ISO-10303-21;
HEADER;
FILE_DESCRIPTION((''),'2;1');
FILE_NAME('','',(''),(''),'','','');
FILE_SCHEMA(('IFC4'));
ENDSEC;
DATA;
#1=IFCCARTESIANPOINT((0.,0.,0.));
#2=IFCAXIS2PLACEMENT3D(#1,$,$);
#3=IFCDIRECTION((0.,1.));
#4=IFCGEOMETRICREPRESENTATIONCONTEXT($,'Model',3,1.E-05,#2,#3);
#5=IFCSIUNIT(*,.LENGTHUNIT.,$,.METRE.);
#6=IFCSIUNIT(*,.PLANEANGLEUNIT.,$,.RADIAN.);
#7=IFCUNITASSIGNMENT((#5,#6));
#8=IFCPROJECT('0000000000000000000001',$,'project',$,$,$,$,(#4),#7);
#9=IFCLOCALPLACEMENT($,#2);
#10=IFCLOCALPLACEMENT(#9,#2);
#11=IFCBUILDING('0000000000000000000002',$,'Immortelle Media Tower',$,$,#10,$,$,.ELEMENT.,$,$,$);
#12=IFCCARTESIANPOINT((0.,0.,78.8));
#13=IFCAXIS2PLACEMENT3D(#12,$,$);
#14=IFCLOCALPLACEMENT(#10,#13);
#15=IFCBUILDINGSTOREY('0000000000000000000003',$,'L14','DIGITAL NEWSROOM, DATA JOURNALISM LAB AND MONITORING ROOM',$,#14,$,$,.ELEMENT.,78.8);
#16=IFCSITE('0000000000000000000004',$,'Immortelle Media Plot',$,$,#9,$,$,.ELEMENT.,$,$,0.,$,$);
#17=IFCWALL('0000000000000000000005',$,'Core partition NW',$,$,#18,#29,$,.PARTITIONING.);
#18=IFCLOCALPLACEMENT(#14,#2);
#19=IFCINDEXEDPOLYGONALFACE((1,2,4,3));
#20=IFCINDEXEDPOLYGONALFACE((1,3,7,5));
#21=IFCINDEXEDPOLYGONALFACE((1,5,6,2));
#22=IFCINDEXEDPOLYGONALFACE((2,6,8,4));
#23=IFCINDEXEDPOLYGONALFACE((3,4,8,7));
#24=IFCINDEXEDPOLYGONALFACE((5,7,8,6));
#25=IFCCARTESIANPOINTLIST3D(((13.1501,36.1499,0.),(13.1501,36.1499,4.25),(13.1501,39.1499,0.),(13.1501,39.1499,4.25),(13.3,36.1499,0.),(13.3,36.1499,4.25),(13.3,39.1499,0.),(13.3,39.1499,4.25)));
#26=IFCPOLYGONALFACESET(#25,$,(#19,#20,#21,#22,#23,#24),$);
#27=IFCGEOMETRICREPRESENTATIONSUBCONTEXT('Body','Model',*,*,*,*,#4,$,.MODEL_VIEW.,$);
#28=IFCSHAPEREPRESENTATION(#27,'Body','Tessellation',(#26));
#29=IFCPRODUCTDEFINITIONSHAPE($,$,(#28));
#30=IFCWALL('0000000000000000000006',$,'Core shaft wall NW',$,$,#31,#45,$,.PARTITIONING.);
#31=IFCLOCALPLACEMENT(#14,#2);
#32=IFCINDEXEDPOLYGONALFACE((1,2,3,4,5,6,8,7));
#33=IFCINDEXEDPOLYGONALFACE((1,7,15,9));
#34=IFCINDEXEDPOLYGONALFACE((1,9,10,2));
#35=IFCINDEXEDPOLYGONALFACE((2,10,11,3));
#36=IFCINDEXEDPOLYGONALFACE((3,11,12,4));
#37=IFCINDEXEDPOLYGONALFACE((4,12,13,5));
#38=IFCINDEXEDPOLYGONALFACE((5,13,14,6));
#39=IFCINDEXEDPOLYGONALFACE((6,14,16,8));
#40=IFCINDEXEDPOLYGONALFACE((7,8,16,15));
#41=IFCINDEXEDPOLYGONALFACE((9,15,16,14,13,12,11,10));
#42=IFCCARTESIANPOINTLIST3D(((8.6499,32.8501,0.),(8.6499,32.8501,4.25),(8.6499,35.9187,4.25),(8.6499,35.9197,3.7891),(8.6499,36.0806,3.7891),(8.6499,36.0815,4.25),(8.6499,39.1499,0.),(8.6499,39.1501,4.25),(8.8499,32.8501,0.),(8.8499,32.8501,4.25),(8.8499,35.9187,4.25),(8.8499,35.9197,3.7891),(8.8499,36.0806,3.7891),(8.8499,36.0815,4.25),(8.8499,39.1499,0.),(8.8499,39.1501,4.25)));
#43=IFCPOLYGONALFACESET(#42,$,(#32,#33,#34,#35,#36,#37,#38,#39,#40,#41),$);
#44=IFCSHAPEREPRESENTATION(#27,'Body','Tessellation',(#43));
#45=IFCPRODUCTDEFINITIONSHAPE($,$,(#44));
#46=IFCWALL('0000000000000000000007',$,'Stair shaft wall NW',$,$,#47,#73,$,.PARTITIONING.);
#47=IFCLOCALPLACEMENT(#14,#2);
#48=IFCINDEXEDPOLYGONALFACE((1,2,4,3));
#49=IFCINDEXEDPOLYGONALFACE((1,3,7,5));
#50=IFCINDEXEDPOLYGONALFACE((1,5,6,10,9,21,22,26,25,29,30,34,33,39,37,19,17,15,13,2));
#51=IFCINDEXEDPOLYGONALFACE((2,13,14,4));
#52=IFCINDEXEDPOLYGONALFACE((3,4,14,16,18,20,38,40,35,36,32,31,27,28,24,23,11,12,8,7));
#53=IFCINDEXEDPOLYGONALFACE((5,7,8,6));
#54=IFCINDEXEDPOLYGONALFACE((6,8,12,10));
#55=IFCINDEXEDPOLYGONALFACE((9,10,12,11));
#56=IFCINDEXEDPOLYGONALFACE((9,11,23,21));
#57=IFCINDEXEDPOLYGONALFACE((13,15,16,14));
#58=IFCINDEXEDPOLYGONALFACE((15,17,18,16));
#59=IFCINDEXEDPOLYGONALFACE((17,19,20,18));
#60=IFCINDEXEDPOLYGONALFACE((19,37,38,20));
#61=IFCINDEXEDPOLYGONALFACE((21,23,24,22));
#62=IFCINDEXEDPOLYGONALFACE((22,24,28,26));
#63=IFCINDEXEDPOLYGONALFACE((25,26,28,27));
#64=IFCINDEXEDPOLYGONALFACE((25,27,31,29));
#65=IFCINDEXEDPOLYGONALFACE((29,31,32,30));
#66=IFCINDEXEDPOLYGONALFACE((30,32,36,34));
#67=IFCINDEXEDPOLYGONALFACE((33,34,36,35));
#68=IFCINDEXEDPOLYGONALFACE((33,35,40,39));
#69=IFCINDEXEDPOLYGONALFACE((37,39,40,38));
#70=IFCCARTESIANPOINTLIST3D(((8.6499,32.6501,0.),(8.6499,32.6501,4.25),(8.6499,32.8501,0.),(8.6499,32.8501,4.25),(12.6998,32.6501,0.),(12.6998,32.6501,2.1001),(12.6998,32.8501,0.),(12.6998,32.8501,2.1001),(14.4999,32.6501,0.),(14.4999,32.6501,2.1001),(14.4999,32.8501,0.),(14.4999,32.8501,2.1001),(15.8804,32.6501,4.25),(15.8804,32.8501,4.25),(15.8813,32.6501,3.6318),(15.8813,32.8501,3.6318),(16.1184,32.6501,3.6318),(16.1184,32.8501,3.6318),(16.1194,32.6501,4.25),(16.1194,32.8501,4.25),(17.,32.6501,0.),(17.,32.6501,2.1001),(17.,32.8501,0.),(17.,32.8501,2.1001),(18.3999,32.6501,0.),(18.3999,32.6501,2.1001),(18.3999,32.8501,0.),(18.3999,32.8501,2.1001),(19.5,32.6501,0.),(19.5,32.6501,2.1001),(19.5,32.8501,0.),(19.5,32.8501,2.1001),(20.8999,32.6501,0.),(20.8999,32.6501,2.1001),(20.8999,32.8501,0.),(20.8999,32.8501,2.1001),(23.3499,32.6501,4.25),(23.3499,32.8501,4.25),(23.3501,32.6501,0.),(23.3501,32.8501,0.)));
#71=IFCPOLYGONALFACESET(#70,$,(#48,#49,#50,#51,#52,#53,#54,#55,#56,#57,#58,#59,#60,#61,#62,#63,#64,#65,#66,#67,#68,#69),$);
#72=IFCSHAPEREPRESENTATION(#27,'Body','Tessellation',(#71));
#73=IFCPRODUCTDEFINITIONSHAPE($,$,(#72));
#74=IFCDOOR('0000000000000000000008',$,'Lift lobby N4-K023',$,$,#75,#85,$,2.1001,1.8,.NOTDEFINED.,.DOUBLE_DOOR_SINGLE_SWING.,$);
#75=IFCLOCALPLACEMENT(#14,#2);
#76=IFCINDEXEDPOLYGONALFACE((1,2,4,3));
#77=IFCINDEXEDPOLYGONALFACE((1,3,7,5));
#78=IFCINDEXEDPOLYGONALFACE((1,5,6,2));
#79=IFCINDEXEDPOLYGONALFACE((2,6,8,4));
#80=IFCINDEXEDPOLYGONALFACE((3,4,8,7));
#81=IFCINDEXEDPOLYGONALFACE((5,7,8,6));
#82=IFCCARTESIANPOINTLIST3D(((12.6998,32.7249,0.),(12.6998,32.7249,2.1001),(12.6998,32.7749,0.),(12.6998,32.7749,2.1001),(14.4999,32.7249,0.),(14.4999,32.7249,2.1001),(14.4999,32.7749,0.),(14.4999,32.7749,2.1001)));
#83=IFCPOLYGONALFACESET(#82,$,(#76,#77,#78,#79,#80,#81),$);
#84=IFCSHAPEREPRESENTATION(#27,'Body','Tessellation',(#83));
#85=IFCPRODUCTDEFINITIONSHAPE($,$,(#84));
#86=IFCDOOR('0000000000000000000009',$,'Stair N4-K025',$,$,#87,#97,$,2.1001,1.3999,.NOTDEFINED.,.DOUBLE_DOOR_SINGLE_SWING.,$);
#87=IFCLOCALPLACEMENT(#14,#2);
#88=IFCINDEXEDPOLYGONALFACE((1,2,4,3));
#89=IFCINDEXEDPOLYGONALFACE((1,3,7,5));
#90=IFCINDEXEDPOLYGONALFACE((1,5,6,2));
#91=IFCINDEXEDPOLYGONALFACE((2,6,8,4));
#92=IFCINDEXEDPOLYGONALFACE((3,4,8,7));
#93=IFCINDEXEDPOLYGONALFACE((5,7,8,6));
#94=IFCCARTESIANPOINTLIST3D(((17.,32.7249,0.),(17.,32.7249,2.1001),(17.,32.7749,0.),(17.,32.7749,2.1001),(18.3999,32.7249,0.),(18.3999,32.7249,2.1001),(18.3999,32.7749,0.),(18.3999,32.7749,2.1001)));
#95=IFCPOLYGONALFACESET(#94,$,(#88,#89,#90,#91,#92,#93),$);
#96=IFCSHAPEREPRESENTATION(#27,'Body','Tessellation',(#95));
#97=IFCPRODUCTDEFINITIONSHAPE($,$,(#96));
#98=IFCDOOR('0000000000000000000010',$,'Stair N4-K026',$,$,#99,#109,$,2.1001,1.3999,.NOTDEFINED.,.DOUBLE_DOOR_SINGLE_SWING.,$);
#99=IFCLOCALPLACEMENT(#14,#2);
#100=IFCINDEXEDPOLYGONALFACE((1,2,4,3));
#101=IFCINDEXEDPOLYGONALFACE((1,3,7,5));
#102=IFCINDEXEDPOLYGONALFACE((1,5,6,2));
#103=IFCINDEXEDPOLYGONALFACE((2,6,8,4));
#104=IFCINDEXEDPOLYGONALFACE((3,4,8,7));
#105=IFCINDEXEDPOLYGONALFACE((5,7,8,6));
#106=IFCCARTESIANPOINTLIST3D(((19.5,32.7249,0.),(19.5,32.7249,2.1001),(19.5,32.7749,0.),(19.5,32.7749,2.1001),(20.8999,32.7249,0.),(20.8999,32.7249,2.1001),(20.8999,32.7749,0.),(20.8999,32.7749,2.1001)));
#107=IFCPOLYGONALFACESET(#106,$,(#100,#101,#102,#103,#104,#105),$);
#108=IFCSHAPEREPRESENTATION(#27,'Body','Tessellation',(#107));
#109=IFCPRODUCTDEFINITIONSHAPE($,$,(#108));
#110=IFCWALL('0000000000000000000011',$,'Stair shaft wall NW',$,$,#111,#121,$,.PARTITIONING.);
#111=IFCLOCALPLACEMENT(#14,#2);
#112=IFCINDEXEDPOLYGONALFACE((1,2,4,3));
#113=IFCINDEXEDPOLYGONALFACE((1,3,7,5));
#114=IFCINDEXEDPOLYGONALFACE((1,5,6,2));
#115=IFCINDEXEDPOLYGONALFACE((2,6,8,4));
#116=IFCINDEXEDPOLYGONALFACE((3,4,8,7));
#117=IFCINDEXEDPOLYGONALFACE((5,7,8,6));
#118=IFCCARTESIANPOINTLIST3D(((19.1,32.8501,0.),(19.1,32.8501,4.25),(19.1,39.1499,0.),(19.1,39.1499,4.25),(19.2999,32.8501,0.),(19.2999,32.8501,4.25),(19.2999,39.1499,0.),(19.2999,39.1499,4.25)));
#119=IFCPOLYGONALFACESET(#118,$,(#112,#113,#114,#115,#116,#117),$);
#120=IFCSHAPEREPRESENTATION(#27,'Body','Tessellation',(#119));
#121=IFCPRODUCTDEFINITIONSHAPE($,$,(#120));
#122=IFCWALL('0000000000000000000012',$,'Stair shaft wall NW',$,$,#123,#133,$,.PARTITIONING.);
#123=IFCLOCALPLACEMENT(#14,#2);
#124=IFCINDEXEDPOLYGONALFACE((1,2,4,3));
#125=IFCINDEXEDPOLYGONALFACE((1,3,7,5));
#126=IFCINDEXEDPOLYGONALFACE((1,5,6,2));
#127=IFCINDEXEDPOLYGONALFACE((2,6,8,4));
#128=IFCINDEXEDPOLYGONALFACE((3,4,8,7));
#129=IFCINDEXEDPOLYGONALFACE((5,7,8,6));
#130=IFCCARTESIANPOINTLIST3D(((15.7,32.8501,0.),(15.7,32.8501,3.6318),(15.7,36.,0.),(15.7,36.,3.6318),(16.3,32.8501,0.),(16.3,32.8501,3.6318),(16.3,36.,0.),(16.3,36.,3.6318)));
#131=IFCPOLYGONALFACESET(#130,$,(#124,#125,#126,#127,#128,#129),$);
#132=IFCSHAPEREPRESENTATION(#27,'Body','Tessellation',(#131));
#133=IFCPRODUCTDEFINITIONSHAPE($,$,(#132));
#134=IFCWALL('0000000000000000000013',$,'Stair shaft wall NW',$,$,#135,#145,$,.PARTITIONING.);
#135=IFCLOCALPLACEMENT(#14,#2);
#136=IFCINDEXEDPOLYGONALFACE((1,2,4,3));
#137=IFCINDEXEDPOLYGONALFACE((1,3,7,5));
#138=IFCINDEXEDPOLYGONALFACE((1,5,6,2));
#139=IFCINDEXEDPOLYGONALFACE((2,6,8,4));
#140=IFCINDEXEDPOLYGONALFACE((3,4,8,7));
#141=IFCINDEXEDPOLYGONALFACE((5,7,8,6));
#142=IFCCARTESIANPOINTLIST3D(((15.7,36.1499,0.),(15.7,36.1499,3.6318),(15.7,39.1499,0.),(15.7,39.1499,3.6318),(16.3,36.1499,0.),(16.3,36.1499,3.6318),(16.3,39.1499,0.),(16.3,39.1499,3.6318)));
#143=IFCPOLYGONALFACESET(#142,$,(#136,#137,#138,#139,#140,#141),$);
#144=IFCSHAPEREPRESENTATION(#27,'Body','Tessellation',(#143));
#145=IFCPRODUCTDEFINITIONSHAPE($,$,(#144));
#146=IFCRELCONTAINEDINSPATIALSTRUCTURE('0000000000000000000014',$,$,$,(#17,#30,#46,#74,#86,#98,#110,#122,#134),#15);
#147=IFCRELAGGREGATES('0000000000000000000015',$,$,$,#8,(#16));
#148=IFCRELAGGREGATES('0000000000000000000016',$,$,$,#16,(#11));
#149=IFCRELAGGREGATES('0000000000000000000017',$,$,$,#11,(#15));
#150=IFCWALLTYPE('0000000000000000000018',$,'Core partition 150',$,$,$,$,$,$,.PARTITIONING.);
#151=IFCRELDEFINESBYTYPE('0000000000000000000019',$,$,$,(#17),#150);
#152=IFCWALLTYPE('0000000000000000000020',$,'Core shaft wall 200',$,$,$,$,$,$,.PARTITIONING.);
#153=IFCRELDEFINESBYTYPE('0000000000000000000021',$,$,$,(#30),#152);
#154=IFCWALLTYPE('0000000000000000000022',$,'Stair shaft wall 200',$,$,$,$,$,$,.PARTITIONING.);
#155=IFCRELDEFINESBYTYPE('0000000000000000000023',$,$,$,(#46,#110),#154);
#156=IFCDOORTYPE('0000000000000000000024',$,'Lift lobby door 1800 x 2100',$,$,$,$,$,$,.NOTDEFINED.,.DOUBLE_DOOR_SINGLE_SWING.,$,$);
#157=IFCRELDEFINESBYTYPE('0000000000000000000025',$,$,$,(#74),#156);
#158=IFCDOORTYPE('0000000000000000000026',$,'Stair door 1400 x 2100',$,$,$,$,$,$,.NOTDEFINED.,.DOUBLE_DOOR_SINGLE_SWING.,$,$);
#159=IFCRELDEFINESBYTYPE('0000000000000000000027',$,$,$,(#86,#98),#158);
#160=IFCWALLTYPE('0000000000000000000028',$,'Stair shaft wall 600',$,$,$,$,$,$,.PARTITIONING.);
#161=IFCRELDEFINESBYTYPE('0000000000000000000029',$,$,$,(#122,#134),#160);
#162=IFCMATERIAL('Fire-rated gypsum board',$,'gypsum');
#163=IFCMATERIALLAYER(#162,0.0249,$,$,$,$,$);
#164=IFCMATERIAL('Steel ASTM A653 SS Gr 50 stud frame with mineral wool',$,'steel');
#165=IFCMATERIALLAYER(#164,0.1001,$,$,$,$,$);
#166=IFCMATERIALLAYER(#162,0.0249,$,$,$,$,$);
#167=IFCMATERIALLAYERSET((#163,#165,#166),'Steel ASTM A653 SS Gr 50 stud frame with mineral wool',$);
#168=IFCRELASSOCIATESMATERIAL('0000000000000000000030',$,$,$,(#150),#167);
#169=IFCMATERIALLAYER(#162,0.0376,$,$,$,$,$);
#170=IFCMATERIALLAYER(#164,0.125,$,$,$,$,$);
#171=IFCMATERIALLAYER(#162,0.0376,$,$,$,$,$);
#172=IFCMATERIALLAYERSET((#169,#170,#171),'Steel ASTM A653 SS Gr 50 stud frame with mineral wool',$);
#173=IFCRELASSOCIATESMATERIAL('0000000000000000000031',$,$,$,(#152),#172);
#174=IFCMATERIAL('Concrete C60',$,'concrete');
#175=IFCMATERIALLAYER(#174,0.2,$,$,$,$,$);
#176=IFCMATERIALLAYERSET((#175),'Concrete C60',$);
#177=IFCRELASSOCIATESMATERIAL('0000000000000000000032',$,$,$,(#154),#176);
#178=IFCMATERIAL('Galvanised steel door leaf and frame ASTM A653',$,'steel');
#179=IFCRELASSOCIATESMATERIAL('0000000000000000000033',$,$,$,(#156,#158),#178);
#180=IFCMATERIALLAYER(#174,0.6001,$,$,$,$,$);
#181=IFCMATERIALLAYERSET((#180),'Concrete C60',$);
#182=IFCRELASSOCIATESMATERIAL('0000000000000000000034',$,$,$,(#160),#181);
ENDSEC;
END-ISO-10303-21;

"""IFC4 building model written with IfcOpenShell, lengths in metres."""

from ifc_helpers import new_model, si_unit, direction, frame, frame_2d, origin, place, context, subcontext, project, spatial, polyline, rectangle, outline, extrude, material, layer, layer_set, type_object, element, fill, save


model = new_model("IFC4")

# Units and contexts
model_context = context("Model", 3, precision=1e-05, world=origin(), true_north=direction((0.0, 1.0)))
body_context = subcontext(model_context, "Body", "Model", "MODEL_VIEW")
ifc_project = project(units=[si_unit("LENGTHUNIT", "METRE"), si_unit("PLANEANGLEUNIT", "RADIAN")], contexts=[model_context])

# Site, building, storey
site_placement = place(None, origin())
site = spatial("IfcSite", under=ifc_project, at=site_placement, Name="Immortelle Media Plot", CompositionType="ELEMENT", RefElevation=0.0)
building_placement = place(site_placement, origin())
building = spatial("IfcBuilding", under=site, at=building_placement, Name="Immortelle Media Tower", CompositionType="ELEMENT")
storey_placement = place(building_placement, frame((0.0, 0.0, 78.8)))
storey = spatial("IfcBuildingStorey", under=building, at=storey_placement, Name="L14", Description="DIGITAL NEWSROOM, DATA JOURNALISM LAB AND MONITORING ROOM", CompositionType="ELEMENT", Elevation=78.8)

# Shared definitions
ifc_material_1 = material(Name="Fire-rated gypsum board", Category="gypsum")
ifc_layer_1 = layer(ifc_material_1, 0.0249)
ifc_material_2 = material(Name="Steel ASTM A653 SS Gr 50 stud frame with mineral wool", Category="steel")
ifc_layer_2 = layer(ifc_material_2, 0.1001)
ifc_layer_3 = layer(ifc_material_1, 0.0249)
ifc_layer_set_1 = layer_set([ifc_layer_1, ifc_layer_2, ifc_layer_3], Name="Steel ASTM A653 SS Gr 50 stud frame with mineral wool")
wall_type_1 = type_object("IfcWallType", Name="Core partition 150", PredefinedType="PARTITIONING", material=ifc_layer_set_1)

# Walls
for number, where, z_axis, x_axis, name in (
    (1, (13.2251, 36.1499, 0.0), (0.0, 0.0, 1.0), (0.0, 1.0, 0.0), "Core partition NW"),
):
    element("IfcWall", number, at=place(storey_placement, frame(where, z_axis=z_axis, x_axis=x_axis)), inside=storey, type_object=wall_type_1, Name=name, PredefinedType="PARTITIONING", context=body_context, shape_type="SweptSolid", body=[
        extrude(rectangle(XDim=3.0, YDim=0.1499, at=frame_2d((1.5, 0.0))), origin(), (0.0, 0.0, 1.0), 4.25),
    ])
ifc_layer_4 = layer(ifc_material_1, 0.0376)
ifc_layer_5 = layer(ifc_material_2, 0.125)
ifc_layer_6 = layer(ifc_material_1, 0.0376)
ifc_layer_set_2 = layer_set([ifc_layer_4, ifc_layer_5, ifc_layer_6], Name="Steel ASTM A653 SS Gr 50 stud frame with mineral wool")
wall_type_2 = type_object("IfcWallType", Name="Core shaft wall 200", PredefinedType="PARTITIONING", material=ifc_layer_set_2)
wall_1_placement = place(storey_placement, frame((8.75, 32.8501, 0.0), z_axis=(0.0, 0.0, 1.0), x_axis=(0.0, 1.0, 0.0)))
element("IfcWall", 2, at=wall_1_placement, inside=storey, type_object=wall_type_2, Name="Core shaft wall NW", PredefinedType="PARTITIONING", context=body_context, shape_type="SweptSolid", body=[
    extrude(outline(polyline([(0.0, 0.0), (6.2998, 0.0), (6.3, 4.25), (3.2314, 4.25), (3.2305, 3.7891), (3.0696, 3.7891), (3.0686, 4.25), (0.0, 4.25), (0.0, 0.0)])), frame((0.0, 0.1001, 0.0), z_axis=(0.0, -1.0, 0.0), x_axis=(1.0, 0.0, 0.0)), (0.0, 0.0, 1.0), 0.2),
])

# Wall, openings, doors
ifc_material_3 = material(Name="Concrete C60", Category="concrete")
ifc_layer_7 = layer(ifc_material_3, 0.2)
ifc_layer_set_3 = layer_set([ifc_layer_7], Name="Concrete C60")
wall_type_3 = type_object("IfcWallType", Name="Stair shaft wall 200", PredefinedType="PARTITIONING", material=ifc_layer_set_3)
wall_2_placement = place(storey_placement, frame((8.6499, 32.75, 0.0), z_axis=(0.0, 0.0, 1.0), x_axis=(1.0, 0.0, 0.0)))
wall_2 = element("IfcWall", 3, at=wall_2_placement, inside=storey, type_object=wall_type_3, Name="Stair shaft wall NW", PredefinedType="PARTITIONING", context=body_context, shape_type="SweptSolid", body=[
    extrude(outline(polyline([(0.0, 0.0), (14.7002, 0.0), (14.7, 4.25), (7.4695, 4.25), (7.4685, 3.6318), (7.2314, 3.6318), (7.2305, 4.25), (0.0, 4.25), (0.0, 0.0)])), frame((0.0, 0.1001, 0.0), z_axis=(0.0, -1.0, 0.0), x_axis=(1.0, 0.0, 0.0)), (0.0, 0.0, 1.0), 0.2),
])
opening_1_placement = place(wall_2_placement, frame((4.05, 0.0, 0.0)))
opening_1 = element("IfcOpeningElement", 4, at=opening_1_placement, cuts=wall_2, PredefinedType="OPENING", context=body_context, shape_type="SweptSolid", body=[
    extrude(rectangle(XDim=1.8, YDim=2.1001, at=frame_2d((0.8999, 1.05))), frame((0.0, 0.1099, 0.0), z_axis=(0.0, -1.0, 0.0), x_axis=(1.0, 0.0, 0.0)), (0.0, 0.0, 1.0), 0.22),
])
opening_2_placement = place(wall_2_placement, frame((8.3501, 0.0, 0.0)))
opening_2 = element("IfcOpeningElement", 5, at=opening_2_placement, cuts=wall_2, PredefinedType="OPENING", context=body_context, shape_type="SweptSolid", body=[
    extrude(rectangle(XDim=1.3999, YDim=2.1001, at=frame_2d((0.7, 1.05))), frame((0.0, 0.1099, 0.0), z_axis=(0.0, -1.0, 0.0), x_axis=(1.0, 0.0, 0.0)), (0.0, 0.0, 1.0), 0.22),
])
opening_3_placement = place(wall_2_placement, frame((10.8501, 0.0, 0.0)))
opening_3 = element("IfcOpeningElement", 6, at=opening_3_placement, cuts=wall_2, PredefinedType="OPENING", context=body_context, shape_type="SweptSolid", body=[
    extrude(rectangle(XDim=1.3999, YDim=2.1001, at=frame_2d((0.7, 1.05))), frame((0.0, 0.1099, 0.0), z_axis=(0.0, -1.0, 0.0), x_axis=(1.0, 0.0, 0.0)), (0.0, 0.0, 1.0), 0.22),
])
ifc_material_4 = material(Name="Galvanised steel door leaf and frame ASTM A653", Category="steel")
door_type_1 = type_object("IfcDoorType", Name="Lift lobby door 1800 x 2100", OperationType="DOUBLE_DOOR_SINGLE_SWING", PredefinedType="NOTDEFINED", material=ifc_material_4)
door_1_placement = place(opening_1_placement, origin())
door_1 = element("IfcDoor", 7, at=door_1_placement, inside=storey, type_object=door_type_1, Name="Lift lobby N4-K023", OperationType="DOUBLE_DOOR_SINGLE_SWING", OverallHeight=2.1001, OverallWidth=1.8, PredefinedType="NOTDEFINED", context=body_context, shape_type="SweptSolid", body=[
    extrude(rectangle(XDim=1.8, YDim=2.1001, at=frame_2d((0.8999, 1.05))), frame((0.0, 0.0249, 0.0), z_axis=(0.0, -1.0, 0.0), x_axis=(1.0, 0.0, 0.0)), (0.0, 0.0, 1.0), 0.05),
])
fill(opening_1, door_1)
door_type_2 = type_object("IfcDoorType", Name="Stair door 1400 x 2100", OperationType="DOUBLE_DOOR_SINGLE_SWING", PredefinedType="NOTDEFINED", material=ifc_material_4)
door_2_placement = place(opening_2_placement, origin())
door_2 = element("IfcDoor", 8, at=door_2_placement, inside=storey, type_object=door_type_2, Name="Stair N4-K025", OperationType="DOUBLE_DOOR_SINGLE_SWING", OverallHeight=2.1001, OverallWidth=1.3999, PredefinedType="NOTDEFINED", context=body_context, shape_type="SweptSolid", body=[
    extrude(rectangle(XDim=1.3999, YDim=2.1001, at=frame_2d((0.7, 1.05))), frame((0.0, 0.0249, 0.0), z_axis=(0.0, -1.0, 0.0), x_axis=(1.0, 0.0, 0.0)), (0.0, 0.0, 1.0), 0.05),
])
fill(opening_2, door_2)
door_3_placement = place(opening_3_placement, origin())
door_3 = element("IfcDoor", 9, at=door_3_placement, inside=storey, type_object=door_type_2, Name="Stair N4-K026", OperationType="DOUBLE_DOOR_SINGLE_SWING", OverallHeight=2.1001, OverallWidth=1.3999, PredefinedType="NOTDEFINED", context=body_context, shape_type="SweptSolid", body=[
    extrude(rectangle(XDim=1.3999, YDim=2.1001, at=frame_2d((0.7, 1.05))), frame((0.0, 0.0249, 0.0), z_axis=(0.0, -1.0, 0.0), x_axis=(1.0, 0.0, 0.0)), (0.0, 0.0, 1.0), 0.05),
])
fill(opening_3, door_3)

# Walls
wall_3_placement = place(storey_placement, frame((19.2, 32.8501, 0.0), z_axis=(0.0, 0.0, 1.0), x_axis=(0.0, 1.0, 0.0)))
element("IfcWall", 10, at=wall_3_placement, inside=storey, type_object=wall_type_3, Name="Stair shaft wall NW", PredefinedType="PARTITIONING", context=body_context, shape_type="SweptSolid", body=[
    extrude(rectangle(XDim=6.2998, YDim=0.2, at=frame_2d((3.1499, 0.0))), origin(), (0.0, 0.0, 1.0), 4.25),
])
ifc_layer_8 = layer(ifc_material_3, 0.6001)
ifc_layer_set_4 = layer_set([ifc_layer_8], Name="Concrete C60")
wall_type_4 = type_object("IfcWallType", Name="Stair shaft wall 600", PredefinedType="PARTITIONING", material=ifc_layer_set_4)
wall_4_placement = place(storey_placement, frame((16.0, 32.8501, 0.0), z_axis=(0.0, 0.0, 1.0), x_axis=(0.0, 1.0, 0.0)))
element("IfcWall", 11, at=wall_4_placement, inside=storey, type_object=wall_type_4, Name="Stair shaft wall NW", PredefinedType="PARTITIONING", context=body_context, shape_type="SweptSolid", body=[
    extrude(rectangle(XDim=3.1499, YDim=0.6001, at=frame_2d((1.575, 0.0))), origin(), (0.0, 0.0, 1.0), 3.6318),
])
wall_5_placement = place(storey_placement, frame((16.0, 36.1499, 0.0), z_axis=(0.0, 0.0, 1.0), x_axis=(0.0, 1.0, 0.0)))
element("IfcWall", 12, at=wall_5_placement, inside=storey, type_object=wall_type_4, Name="Stair shaft wall NW", PredefinedType="PARTITIONING", context=body_context, shape_type="SweptSolid", body=[
    extrude(rectangle(XDim=3.0, YDim=0.6001, at=frame_2d((1.5, 0.0))), origin(), (0.0, 0.0, 1.0), 3.6318),
])

save(model, "model.ifc")
